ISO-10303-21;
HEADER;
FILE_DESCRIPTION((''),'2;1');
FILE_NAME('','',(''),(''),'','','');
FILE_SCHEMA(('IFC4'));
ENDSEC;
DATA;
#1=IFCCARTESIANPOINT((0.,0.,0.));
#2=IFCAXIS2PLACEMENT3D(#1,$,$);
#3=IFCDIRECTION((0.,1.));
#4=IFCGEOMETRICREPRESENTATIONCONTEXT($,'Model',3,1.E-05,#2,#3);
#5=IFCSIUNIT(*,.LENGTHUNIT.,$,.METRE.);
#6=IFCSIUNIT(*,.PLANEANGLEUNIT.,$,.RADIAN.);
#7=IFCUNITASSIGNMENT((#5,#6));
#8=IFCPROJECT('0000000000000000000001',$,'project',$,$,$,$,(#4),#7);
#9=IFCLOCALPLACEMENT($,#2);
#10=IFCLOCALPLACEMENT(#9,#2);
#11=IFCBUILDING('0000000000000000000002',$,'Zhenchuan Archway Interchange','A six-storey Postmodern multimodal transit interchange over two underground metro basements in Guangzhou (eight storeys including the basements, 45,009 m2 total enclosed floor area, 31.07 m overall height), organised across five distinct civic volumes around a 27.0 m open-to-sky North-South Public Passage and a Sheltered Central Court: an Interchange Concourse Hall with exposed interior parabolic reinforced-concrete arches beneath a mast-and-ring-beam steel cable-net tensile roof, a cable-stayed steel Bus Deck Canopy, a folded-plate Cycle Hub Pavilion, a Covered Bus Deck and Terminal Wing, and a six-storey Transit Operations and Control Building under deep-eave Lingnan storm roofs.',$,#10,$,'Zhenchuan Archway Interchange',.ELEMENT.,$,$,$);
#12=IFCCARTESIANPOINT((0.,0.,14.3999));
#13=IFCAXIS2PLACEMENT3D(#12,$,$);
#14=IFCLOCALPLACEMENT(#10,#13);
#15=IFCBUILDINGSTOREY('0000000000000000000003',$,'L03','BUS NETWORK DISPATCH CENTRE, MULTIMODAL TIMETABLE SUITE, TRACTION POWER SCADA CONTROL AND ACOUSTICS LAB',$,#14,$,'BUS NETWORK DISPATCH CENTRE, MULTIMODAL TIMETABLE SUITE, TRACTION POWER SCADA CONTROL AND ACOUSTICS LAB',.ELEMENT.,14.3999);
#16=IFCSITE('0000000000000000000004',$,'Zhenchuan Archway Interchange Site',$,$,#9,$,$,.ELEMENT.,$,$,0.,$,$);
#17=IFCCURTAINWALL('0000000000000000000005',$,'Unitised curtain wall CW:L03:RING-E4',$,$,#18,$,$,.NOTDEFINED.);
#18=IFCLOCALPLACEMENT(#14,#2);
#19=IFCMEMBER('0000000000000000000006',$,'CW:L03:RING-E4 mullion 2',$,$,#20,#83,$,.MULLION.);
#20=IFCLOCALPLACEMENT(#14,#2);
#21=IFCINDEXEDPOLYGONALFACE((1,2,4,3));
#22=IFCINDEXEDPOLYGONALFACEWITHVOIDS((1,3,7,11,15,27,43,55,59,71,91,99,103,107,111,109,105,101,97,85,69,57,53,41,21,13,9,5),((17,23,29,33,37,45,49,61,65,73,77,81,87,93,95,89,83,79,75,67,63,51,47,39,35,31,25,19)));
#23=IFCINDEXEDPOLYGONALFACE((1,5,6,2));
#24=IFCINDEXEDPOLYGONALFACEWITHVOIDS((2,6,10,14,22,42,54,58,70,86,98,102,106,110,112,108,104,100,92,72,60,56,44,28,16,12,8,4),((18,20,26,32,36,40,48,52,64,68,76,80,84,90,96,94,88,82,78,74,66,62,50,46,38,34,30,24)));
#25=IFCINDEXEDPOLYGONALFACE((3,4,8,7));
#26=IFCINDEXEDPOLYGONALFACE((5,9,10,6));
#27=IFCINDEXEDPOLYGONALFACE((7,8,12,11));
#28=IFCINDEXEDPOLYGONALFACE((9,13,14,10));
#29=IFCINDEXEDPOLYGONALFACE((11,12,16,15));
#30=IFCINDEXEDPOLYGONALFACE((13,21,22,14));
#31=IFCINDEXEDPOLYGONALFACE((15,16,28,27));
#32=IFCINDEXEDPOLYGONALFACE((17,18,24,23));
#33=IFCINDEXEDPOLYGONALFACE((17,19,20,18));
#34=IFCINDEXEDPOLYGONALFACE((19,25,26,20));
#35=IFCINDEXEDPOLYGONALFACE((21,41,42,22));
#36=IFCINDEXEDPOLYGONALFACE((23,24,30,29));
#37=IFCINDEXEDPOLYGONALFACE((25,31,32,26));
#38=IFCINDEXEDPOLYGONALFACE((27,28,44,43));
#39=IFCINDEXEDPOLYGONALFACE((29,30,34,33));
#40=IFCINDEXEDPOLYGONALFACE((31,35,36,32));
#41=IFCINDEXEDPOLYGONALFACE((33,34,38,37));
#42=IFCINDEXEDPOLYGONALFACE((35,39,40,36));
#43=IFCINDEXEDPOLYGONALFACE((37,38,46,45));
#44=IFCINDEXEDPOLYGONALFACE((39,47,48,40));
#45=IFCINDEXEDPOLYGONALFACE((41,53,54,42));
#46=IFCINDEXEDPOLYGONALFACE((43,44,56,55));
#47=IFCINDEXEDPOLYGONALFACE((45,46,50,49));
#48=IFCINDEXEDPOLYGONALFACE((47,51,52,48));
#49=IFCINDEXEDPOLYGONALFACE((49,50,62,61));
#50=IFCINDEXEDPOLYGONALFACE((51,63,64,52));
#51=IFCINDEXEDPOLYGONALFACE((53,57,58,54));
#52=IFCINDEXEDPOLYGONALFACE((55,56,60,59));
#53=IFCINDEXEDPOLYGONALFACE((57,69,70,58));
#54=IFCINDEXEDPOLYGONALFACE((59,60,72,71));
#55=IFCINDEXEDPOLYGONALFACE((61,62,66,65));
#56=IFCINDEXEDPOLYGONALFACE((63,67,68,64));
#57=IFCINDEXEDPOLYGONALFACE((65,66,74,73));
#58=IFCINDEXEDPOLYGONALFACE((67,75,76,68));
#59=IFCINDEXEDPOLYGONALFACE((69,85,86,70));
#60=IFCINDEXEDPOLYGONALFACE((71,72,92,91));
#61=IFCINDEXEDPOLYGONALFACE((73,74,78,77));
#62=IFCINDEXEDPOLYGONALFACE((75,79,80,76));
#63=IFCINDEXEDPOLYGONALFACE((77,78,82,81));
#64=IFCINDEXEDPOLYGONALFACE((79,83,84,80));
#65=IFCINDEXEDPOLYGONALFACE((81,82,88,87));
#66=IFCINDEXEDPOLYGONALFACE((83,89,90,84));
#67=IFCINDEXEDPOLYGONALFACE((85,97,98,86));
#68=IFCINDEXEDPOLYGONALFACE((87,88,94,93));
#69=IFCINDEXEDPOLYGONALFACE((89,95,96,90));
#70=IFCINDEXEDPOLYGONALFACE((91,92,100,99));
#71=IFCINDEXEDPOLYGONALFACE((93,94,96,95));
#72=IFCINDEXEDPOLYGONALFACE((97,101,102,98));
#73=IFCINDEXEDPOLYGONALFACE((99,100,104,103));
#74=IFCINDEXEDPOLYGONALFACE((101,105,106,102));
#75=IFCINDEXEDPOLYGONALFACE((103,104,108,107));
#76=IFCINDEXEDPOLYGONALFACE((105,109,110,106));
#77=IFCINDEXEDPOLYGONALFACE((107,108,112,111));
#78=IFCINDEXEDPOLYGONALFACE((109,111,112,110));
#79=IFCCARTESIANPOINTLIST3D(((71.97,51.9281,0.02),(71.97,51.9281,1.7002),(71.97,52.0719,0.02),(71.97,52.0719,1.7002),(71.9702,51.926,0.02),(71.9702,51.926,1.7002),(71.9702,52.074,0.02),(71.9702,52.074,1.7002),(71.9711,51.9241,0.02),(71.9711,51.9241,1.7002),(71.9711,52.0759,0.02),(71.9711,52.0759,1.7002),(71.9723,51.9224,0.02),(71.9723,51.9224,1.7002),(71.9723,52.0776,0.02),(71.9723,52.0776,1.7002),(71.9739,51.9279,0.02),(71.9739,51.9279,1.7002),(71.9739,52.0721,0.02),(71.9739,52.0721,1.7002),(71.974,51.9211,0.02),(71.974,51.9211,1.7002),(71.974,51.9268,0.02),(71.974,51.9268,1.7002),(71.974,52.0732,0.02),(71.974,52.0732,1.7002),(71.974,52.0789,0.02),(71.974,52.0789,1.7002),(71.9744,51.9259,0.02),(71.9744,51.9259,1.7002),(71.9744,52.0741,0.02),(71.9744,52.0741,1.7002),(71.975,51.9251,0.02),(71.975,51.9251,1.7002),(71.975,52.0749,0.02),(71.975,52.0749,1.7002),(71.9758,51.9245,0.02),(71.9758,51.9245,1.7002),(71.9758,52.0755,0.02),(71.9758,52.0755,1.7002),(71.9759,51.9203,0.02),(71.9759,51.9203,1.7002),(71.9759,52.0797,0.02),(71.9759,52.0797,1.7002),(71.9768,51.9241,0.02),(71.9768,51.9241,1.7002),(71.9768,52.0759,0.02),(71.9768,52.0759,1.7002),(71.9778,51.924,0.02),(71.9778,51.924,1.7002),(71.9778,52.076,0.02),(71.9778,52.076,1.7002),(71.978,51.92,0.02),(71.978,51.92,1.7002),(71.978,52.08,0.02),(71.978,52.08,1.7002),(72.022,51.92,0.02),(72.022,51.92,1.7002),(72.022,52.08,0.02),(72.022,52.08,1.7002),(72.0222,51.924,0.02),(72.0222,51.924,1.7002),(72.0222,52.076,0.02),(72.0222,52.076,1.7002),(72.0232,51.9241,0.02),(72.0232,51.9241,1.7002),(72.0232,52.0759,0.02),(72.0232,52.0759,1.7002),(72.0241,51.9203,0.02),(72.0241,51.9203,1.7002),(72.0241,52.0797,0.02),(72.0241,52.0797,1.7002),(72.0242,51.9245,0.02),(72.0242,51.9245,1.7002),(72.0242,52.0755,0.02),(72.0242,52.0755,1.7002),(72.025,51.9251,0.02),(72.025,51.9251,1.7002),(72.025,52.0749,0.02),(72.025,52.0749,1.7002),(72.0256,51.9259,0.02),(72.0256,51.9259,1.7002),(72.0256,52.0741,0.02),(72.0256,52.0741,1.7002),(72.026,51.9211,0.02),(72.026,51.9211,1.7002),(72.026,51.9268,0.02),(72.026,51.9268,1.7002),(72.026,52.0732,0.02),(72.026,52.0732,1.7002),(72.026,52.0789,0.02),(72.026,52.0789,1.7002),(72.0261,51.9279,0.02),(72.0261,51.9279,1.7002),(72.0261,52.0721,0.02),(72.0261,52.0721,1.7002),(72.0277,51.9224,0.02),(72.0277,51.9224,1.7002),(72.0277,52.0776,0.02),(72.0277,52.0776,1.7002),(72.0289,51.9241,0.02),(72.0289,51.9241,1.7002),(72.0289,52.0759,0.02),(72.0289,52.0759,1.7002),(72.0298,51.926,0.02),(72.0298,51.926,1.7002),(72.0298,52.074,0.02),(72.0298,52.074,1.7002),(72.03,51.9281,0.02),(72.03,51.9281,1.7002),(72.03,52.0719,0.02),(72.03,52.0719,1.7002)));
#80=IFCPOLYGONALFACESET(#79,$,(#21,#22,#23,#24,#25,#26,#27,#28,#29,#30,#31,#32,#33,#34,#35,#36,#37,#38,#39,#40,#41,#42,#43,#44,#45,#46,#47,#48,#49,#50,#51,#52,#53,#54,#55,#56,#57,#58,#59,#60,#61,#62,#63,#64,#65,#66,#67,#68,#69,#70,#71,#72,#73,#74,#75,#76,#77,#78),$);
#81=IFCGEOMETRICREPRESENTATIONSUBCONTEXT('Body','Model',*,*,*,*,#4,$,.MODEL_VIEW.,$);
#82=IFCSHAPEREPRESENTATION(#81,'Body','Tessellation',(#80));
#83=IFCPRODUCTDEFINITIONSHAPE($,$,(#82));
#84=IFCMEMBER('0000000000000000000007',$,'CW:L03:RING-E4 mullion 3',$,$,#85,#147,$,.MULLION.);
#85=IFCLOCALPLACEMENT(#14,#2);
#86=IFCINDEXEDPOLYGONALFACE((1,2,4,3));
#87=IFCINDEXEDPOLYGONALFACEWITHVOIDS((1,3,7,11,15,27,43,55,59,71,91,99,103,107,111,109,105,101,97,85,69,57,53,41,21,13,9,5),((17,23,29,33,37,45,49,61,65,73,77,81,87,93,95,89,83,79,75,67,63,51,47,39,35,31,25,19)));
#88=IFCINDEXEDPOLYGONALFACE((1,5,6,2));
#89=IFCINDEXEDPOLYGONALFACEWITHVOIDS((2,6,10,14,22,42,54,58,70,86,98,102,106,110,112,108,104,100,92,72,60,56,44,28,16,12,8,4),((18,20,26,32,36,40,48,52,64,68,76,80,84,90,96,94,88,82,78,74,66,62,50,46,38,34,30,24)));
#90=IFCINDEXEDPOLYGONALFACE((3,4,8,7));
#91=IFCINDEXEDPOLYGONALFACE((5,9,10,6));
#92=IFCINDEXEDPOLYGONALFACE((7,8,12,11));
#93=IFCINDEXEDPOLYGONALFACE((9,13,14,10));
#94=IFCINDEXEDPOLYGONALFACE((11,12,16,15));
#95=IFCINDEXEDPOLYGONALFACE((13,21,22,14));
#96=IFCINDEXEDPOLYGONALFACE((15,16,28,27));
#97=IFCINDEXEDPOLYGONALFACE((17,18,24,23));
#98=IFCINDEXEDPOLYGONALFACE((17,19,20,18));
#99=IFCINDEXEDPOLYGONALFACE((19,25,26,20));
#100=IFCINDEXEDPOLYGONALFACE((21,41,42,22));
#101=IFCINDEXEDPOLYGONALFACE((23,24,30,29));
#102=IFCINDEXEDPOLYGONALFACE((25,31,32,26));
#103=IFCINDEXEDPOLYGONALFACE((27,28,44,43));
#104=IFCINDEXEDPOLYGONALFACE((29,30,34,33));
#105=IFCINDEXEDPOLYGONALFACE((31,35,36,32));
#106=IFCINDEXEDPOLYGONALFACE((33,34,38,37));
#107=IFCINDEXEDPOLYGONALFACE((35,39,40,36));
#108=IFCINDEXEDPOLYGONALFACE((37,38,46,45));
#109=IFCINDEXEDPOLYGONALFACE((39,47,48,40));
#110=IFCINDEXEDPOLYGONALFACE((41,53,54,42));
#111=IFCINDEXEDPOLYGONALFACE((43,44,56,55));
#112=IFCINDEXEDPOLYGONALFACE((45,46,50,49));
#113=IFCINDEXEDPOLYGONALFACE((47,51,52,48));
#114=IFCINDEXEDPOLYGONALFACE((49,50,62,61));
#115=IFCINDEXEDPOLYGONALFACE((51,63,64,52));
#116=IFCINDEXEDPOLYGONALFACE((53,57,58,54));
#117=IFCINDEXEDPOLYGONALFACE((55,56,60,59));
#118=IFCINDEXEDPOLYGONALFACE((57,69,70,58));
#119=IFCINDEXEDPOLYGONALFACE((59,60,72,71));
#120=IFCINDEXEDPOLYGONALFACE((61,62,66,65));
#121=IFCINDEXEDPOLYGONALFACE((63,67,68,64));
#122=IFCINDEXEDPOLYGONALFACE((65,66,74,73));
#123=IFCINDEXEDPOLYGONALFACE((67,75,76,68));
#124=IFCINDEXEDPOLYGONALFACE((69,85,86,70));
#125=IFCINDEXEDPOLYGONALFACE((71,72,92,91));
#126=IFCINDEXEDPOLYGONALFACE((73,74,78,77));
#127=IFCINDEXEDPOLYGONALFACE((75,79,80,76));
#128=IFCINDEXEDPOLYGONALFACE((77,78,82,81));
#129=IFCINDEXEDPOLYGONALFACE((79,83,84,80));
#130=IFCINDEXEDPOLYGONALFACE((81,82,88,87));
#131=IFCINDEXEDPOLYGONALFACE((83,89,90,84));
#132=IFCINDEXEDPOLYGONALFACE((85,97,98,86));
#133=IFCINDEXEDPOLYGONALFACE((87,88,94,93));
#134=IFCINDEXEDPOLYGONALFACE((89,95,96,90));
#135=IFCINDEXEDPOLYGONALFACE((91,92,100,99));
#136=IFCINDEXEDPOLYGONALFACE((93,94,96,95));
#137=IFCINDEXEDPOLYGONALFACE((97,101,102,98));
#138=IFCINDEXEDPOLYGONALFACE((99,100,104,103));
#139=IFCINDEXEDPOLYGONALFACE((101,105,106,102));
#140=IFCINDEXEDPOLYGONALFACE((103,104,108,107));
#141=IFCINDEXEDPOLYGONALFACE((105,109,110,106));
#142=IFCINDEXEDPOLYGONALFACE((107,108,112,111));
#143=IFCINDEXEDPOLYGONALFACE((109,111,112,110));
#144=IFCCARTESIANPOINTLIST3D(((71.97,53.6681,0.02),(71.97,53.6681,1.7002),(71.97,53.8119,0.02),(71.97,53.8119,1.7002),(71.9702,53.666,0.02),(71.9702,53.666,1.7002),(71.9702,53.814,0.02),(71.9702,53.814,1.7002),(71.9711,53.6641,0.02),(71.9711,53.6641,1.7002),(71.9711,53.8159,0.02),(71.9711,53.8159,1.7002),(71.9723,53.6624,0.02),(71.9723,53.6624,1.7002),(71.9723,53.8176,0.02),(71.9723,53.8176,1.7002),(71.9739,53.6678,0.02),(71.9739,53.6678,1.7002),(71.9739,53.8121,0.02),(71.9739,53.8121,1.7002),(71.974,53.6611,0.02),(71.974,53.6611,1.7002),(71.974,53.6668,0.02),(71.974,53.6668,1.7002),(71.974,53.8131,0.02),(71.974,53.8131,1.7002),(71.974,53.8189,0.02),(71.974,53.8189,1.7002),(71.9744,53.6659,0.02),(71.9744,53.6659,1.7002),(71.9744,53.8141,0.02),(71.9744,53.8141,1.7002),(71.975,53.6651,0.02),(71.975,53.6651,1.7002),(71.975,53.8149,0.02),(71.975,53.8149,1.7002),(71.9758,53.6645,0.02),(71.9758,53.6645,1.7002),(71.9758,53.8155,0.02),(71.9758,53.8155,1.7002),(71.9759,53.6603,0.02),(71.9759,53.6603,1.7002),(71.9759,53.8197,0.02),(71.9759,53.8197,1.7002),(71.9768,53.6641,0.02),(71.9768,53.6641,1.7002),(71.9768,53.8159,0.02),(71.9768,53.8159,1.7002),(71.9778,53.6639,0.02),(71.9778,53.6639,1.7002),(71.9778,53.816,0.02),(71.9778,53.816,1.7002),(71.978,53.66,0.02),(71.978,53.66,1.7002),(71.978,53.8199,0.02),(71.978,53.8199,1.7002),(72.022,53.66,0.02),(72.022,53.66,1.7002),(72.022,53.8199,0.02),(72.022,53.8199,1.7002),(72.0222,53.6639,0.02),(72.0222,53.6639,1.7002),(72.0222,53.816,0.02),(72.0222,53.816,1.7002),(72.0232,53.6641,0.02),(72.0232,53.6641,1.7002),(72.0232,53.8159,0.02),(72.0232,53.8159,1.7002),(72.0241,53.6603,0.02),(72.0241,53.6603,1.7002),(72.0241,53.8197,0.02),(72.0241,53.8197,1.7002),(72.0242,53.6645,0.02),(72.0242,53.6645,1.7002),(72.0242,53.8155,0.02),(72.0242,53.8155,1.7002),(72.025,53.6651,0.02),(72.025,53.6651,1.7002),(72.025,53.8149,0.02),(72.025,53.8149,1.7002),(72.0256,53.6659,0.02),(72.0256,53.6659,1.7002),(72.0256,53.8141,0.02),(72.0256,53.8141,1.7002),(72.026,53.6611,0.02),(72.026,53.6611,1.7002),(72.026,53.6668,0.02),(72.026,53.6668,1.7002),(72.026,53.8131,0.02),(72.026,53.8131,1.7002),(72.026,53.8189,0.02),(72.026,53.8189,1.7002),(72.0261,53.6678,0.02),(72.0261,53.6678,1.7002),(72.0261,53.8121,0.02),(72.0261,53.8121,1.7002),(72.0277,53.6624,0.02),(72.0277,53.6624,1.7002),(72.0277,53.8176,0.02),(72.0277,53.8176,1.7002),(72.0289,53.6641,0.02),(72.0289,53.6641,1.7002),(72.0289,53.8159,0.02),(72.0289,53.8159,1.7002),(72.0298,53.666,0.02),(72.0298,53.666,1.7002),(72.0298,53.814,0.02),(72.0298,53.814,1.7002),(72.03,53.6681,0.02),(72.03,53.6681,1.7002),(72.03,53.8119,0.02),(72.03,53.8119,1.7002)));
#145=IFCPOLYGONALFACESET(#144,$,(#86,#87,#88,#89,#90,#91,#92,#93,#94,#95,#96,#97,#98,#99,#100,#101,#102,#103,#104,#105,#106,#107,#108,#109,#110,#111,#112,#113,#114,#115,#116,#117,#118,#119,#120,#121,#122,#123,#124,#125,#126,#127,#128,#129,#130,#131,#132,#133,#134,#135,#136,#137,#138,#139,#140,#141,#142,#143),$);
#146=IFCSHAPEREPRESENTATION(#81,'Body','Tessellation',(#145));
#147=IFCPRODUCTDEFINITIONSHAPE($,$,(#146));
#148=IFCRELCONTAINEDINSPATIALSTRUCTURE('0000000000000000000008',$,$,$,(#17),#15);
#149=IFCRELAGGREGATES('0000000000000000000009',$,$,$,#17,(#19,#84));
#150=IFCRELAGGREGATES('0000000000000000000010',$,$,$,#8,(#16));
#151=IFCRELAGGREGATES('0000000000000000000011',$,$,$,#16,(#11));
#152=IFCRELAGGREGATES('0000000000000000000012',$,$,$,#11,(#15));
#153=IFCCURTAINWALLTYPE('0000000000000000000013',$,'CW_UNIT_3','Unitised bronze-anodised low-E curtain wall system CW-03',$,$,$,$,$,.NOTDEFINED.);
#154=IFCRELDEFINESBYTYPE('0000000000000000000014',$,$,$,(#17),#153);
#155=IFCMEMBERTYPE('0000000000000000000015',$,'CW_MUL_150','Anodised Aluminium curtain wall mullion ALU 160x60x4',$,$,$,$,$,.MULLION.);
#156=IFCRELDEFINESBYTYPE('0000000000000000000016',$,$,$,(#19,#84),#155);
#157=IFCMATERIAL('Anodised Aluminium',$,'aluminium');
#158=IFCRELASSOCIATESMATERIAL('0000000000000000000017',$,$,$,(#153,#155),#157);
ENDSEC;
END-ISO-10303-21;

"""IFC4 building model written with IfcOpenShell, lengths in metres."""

from ifc_helpers import new_model, si_unit, direction, frame, origin, origin_2d, place, context, subcontext, project, spatial, hollow_rectangle, extrude, material, material_profile, profile_set, type_object, element, aggregate, save


model = new_model("IFC4")

# Units and contexts
model_context = context("Model", 3, precision=1e-05, world=origin(), true_north=direction((0.0, 1.0)))
body_context = subcontext(model_context, "Body", "Model", "MODEL_VIEW")
ifc_project = project(units=[si_unit("LENGTHUNIT", "METRE"), si_unit("PLANEANGLEUNIT", "RADIAN")], contexts=[model_context])

# Site, building, storey
site_placement = place(None, origin())
site = spatial("IfcSite", under=ifc_project, at=site_placement, Name="Zhenchuan Archway Interchange Site", CompositionType="ELEMENT", RefElevation=0.0)
building_placement = place(site_placement, origin())
building = spatial("IfcBuilding", under=site, at=building_placement, Name="Zhenchuan Archway Interchange", Description="A six-storey Postmodern multimodal transit interchange over two underground metro basements in Guangzhou (eight storeys including the basements, 45,009 m2 total enclosed floor area, 31.07 m overall height), organised across five distinct civic volumes around a 27.0 m open-to-sky North-South Public Passage and a Sheltered Central Court: an Interchange Concourse Hall with exposed interior parabolic reinforced-concrete arches beneath a mast-and-ring-beam steel cable-net tensile roof, a cable-stayed steel Bus Deck Canopy, a folded-plate Cycle Hub Pavilion, a Covered Bus Deck and Terminal Wing, and a six-storey Transit Operations and Control Building under deep-eave Lingnan storm roofs.", LongName="Zhenchuan Archway Interchange", CompositionType="ELEMENT")
storey_placement = place(building_placement, frame((0.0, 0.0, 14.3999)))
storey = spatial("IfcBuildingStorey", under=building, at=storey_placement, Name="L03", Description="BUS NETWORK DISPATCH CENTRE, MULTIMODAL TIMETABLE SUITE, TRACTION POWER SCADA CONTROL AND ACOUSTICS LAB", LongName="BUS NETWORK DISPATCH CENTRE, MULTIMODAL TIMETABLE SUITE, TRACTION POWER SCADA CONTROL AND ACOUSTICS LAB", CompositionType="ELEMENT", Elevation=14.3999)

# Shared definitions
ifc_material_1 = material(Name="Anodised Aluminium", Category="aluminium")
curtain_wall_type = type_object("IfcCurtainWallType", Name="CW_UNIT_3", Description="Unitised bronze-anodised low-E curtain wall system CW-03", PredefinedType="NOTDEFINED", material=ifc_material_1)
ifc_material_profile_1 = material_profile(ifc_material_1, hollow_rectangle(XDim=0.0601, YDim=0.1599, WallThickness=0.0039, InnerFilletRadius=0.0039, OuterFilletRadius=0.0081, at=origin_2d()), Name="ALU 160x60x4")
ifc_profile_set_1 = profile_set([ifc_material_profile_1], Name="Anodised Aluminium")
member_type_1 = type_object("IfcMemberType", Name="CW_MUL_150", Description="Anodised Aluminium curtain wall mullion ALU 160x60x4", PredefinedType="MULLION", material=ifc_profile_set_1)

# Curtain wall, members
curtain_wall_1_placement = place(storey_placement, origin())
curtain_wall_1 = element("IfcCurtainWall", 1, at=curtain_wall_1_placement, inside=storey, type_object=curtain_wall_type, Name="Unitised curtain wall CW:L03:RING-E4", PredefinedType="NOTDEFINED")
member_1_placement = place(storey_placement, frame((72.0, 52.0, 0.02), z_axis=(0.0, 0.0, 1.0), x_axis=(1.0, 0.0, 0.0)))
member_1 = element("IfcMember", 2, at=member_1_placement, type_object=member_type_1, Name="CW:L03:RING-E4 mullion 2", PredefinedType="MULLION", context=body_context, shape_type="SweptSolid", body=[
    extrude(hollow_rectangle(XDim=0.0601, YDim=0.1599, WallThickness=0.0039, InnerFilletRadius=0.0039, OuterFilletRadius=0.0081, at=origin_2d()), origin(), (0.0, 0.0, 1.0), 1.6802),
])
member_2_placement = place(storey_placement, frame((72.0, 53.74, 0.02), z_axis=(0.0, 0.0, 1.0), x_axis=(1.0, 0.0, 0.0)))
member_2 = element("IfcMember", 3, at=member_2_placement, type_object=member_type_1, Name="CW:L03:RING-E4 mullion 3", PredefinedType="MULLION", context=body_context, shape_type="SweptSolid", body=[
    extrude(hollow_rectangle(XDim=0.0601, YDim=0.1599, WallThickness=0.0039, InnerFilletRadius=0.0039, OuterFilletRadius=0.0081, at=origin_2d()), origin(), (0.0, 0.0, 1.0), 1.6802),
])

aggregate(curtain_wall_1, [member_1, member_2])

save(model, "model.ifc")
